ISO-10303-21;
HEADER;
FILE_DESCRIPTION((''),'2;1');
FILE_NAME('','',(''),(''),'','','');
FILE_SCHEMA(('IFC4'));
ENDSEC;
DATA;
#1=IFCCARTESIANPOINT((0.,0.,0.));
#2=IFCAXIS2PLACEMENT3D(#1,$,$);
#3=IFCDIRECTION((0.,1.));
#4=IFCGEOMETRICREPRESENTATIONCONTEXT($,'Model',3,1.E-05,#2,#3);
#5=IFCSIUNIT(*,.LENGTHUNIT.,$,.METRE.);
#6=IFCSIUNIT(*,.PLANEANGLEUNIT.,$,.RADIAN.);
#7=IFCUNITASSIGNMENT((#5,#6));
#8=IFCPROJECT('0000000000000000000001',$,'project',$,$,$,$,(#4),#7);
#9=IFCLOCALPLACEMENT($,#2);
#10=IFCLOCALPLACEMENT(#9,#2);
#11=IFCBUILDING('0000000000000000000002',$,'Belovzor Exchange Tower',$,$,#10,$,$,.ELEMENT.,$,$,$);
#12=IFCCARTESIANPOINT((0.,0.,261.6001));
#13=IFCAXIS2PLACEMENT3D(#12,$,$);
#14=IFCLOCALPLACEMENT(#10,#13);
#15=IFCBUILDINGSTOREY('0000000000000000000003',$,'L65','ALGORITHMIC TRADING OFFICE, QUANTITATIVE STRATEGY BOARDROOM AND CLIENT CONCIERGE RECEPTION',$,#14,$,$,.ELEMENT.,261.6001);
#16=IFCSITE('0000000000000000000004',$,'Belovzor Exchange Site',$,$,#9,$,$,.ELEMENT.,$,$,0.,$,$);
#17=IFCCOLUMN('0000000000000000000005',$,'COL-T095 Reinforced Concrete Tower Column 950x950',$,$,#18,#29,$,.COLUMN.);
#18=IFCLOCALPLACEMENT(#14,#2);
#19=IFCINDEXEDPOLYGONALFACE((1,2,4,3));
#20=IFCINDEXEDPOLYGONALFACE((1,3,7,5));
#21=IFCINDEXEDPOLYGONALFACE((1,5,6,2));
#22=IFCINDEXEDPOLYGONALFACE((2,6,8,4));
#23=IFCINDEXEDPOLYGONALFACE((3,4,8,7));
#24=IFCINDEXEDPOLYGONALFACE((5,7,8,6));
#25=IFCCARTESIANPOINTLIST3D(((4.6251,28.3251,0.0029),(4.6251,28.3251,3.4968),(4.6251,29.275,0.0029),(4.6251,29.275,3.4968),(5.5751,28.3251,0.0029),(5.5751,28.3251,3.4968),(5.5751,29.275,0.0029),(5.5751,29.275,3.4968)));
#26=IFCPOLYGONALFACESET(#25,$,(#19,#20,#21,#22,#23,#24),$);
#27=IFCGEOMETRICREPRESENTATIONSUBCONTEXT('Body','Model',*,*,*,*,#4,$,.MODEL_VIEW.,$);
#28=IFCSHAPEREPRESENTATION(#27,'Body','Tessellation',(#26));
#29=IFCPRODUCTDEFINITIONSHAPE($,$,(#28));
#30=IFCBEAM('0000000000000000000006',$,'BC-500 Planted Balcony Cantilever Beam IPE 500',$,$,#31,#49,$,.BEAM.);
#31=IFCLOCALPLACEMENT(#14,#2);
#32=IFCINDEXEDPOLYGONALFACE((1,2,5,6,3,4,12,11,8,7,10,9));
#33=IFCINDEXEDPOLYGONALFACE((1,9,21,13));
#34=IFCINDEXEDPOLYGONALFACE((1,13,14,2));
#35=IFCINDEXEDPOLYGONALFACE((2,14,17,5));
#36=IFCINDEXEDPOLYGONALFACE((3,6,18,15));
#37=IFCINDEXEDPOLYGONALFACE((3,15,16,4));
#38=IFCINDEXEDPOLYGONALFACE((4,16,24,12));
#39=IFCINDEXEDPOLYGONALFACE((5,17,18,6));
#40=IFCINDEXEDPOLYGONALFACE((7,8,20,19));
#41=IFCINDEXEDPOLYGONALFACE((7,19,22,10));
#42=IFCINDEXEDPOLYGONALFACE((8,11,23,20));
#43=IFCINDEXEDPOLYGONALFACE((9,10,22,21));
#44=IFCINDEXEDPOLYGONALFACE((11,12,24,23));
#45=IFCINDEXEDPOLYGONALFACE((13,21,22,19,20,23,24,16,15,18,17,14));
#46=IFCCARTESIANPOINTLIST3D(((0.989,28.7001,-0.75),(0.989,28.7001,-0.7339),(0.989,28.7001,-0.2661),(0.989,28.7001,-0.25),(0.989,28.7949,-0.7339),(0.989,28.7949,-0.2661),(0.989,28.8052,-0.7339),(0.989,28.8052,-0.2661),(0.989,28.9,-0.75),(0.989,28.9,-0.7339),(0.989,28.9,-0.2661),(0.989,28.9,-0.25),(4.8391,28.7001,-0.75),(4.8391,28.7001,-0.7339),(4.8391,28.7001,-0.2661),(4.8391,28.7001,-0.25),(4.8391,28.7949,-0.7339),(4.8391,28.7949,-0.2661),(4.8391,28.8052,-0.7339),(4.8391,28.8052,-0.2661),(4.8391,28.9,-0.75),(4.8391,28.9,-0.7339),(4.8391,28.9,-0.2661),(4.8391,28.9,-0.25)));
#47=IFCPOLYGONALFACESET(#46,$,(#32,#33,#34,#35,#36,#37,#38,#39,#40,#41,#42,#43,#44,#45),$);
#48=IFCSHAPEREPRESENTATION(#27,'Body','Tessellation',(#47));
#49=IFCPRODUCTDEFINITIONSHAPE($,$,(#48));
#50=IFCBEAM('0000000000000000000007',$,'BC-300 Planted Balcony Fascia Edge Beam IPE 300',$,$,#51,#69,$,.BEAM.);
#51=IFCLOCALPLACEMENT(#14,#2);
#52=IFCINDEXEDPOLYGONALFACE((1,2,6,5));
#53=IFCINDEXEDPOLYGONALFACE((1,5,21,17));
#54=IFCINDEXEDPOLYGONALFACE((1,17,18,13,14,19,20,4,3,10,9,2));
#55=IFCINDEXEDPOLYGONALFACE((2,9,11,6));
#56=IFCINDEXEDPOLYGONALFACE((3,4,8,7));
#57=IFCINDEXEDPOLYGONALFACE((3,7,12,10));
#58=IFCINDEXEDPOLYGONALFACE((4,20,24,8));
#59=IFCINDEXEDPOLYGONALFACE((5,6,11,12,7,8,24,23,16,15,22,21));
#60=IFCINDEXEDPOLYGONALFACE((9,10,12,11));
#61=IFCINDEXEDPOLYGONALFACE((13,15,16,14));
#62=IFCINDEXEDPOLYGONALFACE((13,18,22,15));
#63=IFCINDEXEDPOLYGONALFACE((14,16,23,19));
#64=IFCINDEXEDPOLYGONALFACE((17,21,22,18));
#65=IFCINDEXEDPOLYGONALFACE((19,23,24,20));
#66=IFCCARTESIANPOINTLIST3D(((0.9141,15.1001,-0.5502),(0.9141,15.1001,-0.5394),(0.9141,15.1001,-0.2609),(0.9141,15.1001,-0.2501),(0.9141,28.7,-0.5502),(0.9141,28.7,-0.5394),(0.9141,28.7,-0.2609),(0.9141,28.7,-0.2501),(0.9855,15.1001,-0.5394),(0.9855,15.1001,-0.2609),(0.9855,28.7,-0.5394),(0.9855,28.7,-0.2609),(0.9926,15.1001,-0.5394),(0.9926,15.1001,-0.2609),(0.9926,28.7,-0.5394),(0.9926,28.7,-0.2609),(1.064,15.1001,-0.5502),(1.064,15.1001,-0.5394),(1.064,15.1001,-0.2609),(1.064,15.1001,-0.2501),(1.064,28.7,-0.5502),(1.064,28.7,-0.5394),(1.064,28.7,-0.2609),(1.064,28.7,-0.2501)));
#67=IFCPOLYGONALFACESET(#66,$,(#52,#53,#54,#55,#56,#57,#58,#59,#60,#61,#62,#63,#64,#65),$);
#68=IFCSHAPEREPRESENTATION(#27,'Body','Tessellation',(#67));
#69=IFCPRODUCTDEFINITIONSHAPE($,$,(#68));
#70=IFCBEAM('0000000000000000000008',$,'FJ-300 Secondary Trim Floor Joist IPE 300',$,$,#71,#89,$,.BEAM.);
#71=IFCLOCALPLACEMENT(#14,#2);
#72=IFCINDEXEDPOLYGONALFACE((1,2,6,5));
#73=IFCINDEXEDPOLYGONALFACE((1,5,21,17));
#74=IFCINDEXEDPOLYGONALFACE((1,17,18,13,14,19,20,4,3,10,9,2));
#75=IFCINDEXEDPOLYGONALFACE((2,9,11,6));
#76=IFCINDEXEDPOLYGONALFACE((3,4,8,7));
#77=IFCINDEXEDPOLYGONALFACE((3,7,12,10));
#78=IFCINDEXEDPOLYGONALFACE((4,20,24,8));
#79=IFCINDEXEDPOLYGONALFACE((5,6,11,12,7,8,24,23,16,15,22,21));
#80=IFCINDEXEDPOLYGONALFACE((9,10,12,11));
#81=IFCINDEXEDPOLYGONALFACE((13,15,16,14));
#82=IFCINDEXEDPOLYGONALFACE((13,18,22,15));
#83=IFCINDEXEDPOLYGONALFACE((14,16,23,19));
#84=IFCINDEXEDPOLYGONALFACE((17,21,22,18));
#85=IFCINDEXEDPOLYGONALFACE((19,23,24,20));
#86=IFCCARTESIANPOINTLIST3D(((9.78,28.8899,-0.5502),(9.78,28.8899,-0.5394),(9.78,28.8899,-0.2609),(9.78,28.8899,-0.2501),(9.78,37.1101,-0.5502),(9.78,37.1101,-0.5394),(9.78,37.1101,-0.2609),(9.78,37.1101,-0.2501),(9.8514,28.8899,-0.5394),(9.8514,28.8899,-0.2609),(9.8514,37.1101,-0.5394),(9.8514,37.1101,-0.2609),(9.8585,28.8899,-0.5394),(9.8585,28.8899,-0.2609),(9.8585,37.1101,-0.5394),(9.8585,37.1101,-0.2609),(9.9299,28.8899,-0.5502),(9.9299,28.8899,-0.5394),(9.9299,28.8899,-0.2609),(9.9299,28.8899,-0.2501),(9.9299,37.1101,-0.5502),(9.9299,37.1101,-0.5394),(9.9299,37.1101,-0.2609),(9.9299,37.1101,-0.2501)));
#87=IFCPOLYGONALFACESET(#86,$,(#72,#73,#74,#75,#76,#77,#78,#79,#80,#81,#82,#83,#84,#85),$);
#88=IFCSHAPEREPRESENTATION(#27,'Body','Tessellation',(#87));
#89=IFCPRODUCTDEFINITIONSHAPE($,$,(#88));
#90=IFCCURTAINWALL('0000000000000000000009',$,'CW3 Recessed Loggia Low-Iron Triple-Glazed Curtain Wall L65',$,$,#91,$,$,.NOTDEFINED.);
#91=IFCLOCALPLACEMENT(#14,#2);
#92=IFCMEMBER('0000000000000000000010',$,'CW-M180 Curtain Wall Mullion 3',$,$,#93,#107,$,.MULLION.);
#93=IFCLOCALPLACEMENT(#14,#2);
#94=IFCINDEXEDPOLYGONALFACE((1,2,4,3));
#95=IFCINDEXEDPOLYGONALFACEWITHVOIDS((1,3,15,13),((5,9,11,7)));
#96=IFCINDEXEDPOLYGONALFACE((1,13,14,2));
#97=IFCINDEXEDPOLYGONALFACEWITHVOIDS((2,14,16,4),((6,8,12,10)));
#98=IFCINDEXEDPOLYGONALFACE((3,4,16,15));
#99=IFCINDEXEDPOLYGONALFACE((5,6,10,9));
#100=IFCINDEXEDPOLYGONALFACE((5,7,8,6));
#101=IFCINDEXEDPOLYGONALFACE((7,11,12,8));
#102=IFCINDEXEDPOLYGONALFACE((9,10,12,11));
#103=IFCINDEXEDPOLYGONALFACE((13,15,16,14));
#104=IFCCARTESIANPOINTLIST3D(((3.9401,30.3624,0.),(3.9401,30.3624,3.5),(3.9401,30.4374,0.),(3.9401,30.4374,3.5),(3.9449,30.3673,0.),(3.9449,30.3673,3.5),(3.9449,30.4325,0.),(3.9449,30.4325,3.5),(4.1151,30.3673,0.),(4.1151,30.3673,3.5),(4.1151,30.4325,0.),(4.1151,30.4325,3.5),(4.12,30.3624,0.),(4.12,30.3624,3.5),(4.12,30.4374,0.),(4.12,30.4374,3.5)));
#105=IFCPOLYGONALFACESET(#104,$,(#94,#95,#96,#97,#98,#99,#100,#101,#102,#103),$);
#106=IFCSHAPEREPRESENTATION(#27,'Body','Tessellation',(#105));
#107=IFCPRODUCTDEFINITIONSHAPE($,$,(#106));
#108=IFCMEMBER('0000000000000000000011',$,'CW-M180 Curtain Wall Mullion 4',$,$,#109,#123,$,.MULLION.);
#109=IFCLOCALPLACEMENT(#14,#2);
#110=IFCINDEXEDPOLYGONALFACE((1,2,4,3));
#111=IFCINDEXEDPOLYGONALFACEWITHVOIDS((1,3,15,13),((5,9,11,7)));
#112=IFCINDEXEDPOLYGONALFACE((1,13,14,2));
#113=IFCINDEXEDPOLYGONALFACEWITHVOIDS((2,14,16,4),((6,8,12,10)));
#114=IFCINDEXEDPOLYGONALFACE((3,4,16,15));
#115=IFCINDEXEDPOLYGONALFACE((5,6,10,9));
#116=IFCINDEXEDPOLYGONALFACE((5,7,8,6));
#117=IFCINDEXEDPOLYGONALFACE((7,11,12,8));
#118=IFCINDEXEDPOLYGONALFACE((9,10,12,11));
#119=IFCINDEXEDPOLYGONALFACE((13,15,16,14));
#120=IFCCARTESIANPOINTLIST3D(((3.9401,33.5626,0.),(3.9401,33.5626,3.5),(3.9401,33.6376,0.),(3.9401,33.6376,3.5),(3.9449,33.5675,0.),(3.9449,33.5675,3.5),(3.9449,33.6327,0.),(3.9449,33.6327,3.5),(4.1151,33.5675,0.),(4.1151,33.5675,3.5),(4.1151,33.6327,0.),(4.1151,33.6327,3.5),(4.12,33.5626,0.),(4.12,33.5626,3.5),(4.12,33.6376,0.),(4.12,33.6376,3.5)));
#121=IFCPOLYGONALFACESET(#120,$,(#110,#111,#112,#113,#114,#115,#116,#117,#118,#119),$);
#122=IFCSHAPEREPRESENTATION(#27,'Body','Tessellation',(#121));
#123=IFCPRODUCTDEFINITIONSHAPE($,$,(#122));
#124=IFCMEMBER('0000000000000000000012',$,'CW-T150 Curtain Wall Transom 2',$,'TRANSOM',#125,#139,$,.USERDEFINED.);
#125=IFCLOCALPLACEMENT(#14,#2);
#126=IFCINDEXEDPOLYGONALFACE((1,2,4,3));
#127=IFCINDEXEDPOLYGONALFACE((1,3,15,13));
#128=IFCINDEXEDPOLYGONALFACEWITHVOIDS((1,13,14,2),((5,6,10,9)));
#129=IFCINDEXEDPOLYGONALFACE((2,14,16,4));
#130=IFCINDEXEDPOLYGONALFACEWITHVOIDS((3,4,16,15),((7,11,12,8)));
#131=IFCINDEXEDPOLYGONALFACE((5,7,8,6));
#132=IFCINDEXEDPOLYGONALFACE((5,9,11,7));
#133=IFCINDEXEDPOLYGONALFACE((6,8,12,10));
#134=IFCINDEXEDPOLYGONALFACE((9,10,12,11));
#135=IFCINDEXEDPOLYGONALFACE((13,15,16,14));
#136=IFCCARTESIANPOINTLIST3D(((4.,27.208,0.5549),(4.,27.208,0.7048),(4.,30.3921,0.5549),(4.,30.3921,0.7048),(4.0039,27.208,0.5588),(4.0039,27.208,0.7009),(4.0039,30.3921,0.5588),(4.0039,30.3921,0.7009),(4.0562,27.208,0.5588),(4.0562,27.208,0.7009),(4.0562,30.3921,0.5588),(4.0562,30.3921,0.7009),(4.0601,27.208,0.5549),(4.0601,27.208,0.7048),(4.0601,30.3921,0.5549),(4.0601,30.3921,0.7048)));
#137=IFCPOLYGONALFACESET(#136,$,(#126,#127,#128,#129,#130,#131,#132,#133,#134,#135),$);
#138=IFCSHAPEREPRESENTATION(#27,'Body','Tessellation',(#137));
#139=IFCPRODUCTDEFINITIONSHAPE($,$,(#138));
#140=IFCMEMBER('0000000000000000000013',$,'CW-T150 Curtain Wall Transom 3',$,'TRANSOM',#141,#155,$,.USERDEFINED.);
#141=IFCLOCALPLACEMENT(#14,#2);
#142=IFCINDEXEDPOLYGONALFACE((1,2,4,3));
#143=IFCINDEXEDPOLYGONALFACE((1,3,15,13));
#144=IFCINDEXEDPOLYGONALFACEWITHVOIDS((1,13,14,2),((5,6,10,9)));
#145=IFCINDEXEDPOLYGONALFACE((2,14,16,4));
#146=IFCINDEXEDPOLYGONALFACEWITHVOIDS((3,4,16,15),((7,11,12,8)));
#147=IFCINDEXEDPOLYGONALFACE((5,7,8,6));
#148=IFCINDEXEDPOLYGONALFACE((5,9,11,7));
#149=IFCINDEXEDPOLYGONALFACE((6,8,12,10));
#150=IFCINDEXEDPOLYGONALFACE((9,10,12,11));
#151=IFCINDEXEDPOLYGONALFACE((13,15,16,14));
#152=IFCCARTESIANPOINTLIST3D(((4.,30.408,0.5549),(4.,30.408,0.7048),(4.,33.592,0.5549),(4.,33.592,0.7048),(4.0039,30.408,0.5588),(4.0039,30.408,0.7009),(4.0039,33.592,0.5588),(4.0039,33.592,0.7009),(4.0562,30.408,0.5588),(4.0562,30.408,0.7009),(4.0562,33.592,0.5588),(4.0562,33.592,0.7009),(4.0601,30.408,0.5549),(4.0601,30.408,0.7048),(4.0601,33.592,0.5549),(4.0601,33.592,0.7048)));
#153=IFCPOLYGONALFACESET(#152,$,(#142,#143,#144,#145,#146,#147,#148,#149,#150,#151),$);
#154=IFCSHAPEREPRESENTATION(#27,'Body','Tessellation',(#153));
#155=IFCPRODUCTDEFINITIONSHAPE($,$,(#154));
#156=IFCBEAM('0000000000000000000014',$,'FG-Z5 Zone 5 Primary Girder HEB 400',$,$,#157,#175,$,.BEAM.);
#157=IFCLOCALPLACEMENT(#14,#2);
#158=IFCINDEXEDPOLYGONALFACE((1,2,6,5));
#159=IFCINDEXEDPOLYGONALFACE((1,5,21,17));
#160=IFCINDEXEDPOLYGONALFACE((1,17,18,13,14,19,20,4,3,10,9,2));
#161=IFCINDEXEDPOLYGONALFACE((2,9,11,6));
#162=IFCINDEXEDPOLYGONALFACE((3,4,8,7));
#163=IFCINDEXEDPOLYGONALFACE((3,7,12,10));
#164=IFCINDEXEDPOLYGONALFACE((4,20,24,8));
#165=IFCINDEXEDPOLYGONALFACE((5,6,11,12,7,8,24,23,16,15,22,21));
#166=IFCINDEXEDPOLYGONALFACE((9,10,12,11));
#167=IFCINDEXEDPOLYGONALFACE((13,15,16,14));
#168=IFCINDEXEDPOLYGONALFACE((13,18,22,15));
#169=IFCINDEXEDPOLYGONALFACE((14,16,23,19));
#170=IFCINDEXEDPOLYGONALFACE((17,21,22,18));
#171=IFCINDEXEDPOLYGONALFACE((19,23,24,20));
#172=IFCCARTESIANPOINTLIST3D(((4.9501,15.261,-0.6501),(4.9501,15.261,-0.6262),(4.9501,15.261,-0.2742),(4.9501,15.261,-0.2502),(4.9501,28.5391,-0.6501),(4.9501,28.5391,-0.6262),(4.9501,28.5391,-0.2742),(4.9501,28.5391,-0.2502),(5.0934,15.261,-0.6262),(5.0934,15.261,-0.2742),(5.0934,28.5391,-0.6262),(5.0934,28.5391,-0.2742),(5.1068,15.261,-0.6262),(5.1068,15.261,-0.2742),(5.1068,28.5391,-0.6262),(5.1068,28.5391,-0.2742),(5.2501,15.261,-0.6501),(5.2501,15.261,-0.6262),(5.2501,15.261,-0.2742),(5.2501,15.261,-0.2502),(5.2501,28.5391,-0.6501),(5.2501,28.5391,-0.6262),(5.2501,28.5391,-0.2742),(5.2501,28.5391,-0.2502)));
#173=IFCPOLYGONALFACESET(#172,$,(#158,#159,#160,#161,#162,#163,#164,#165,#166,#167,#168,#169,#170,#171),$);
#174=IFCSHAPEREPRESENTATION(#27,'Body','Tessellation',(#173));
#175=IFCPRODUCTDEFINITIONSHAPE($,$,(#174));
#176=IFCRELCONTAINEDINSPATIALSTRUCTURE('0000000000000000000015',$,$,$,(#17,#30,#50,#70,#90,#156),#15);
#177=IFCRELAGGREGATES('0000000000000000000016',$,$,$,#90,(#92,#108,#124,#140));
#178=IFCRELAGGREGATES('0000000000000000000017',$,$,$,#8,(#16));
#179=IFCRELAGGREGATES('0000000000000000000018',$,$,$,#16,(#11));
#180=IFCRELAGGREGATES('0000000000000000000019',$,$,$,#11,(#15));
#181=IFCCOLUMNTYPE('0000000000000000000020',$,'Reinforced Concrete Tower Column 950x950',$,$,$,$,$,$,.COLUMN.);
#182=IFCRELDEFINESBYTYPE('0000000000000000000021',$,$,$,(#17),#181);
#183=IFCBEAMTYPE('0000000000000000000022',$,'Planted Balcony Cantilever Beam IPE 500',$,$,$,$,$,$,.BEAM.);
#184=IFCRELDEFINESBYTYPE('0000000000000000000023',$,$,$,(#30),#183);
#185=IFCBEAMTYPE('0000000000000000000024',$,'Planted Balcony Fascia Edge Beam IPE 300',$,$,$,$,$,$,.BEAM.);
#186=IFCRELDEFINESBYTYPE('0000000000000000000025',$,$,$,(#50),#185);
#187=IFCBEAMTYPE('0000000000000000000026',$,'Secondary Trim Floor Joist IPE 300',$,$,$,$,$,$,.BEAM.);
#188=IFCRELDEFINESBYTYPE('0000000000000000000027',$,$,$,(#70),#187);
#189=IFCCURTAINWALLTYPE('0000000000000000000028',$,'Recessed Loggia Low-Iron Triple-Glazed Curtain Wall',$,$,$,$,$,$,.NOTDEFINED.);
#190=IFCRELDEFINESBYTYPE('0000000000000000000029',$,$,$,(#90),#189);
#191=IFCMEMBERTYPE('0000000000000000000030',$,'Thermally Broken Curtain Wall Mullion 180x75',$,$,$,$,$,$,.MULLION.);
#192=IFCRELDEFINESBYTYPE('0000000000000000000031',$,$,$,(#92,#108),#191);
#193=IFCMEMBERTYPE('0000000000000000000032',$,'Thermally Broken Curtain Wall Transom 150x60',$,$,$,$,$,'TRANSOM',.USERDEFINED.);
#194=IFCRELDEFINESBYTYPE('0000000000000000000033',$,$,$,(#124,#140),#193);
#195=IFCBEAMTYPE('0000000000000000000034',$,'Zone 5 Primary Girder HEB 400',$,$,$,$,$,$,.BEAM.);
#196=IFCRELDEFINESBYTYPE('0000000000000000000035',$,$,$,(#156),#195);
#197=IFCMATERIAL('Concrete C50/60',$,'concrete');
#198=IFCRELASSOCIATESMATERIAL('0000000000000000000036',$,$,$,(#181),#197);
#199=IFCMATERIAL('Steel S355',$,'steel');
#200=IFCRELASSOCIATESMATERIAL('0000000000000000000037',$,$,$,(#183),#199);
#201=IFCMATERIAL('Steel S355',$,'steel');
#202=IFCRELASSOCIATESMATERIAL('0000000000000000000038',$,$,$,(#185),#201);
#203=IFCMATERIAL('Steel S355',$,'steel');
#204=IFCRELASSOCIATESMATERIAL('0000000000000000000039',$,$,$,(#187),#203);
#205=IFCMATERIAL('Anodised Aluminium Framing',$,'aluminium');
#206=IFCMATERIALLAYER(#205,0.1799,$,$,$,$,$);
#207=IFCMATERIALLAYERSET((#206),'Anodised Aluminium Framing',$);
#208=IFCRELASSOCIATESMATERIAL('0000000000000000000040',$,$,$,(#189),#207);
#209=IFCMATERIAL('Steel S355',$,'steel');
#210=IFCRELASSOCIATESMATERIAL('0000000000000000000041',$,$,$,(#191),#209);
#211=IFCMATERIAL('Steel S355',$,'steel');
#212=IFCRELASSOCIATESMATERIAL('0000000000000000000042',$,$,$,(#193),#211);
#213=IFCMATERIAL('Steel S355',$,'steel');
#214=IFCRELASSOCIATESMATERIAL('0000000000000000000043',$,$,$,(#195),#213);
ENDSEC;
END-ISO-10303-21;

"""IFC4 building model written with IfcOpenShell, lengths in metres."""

from ifc_helpers import new_model, si_unit, direction, frame, origin, origin_2d, place, context, subcontext, project, spatial, rectangle, hollow_rectangle, i_section, extrude, material, layer, layer_set, material_profile, profile_set, type_object, element, aggregate, save


model = new_model("IFC4")

# Units and contexts
model_context = context("Model", 3, precision=1e-05, world=origin(), true_north=direction((0.0, 1.0)))
body_context = subcontext(model_context, "Body", "Model", "MODEL_VIEW")
ifc_project = project(units=[si_unit("LENGTHUNIT", "METRE"), si_unit("PLANEANGLEUNIT", "RADIAN")], contexts=[model_context])

# Site, building, storey
site_placement = place(None, origin())
site = spatial("IfcSite", under=ifc_project, at=site_placement, Name="Belovzor Exchange Site", CompositionType="ELEMENT", RefElevation=0.0)
building_placement = place(site_placement, origin())
building = spatial("IfcBuilding", under=site, at=building_placement, Name="Belovzor Exchange Tower", CompositionType="ELEMENT")
storey_placement = place(building_placement, frame((0.0, 0.0, 261.6001)))
storey = spatial("IfcBuildingStorey", under=building, at=storey_placement, Name="L65", Description="ALGORITHMIC TRADING OFFICE, QUANTITATIVE STRATEGY BOARDROOM AND CLIENT CONCIERGE RECEPTION", CompositionType="ELEMENT", Elevation=261.6001)

# Column
ifc_material_1 = material(Name="Concrete C50/60", Category="concrete")
ifc_material_profile_1 = material_profile(ifc_material_1, rectangle(XDim=0.95, YDim=0.95, at=origin_2d()))
ifc_profile_set_1 = profile_set([ifc_material_profile_1], Name="Concrete C50/60")
column_type = type_object("IfcColumnType", Name="Reinforced Concrete Tower Column 950x950", PredefinedType="COLUMN", material=ifc_profile_set_1)
column_placement = place(storey_placement, frame((5.1001, 28.8, 0.0029), z_axis=(0.0, 0.0, 1.0), x_axis=(1.0, 0.0, 0.0)))
element("IfcColumn", 1, at=column_placement, inside=storey, type_object=column_type, Name="COL-T095 Reinforced Concrete Tower Column 950x950", PredefinedType="COLUMN", context=body_context, shape_type="SweptSolid", body=[
    extrude(rectangle(XDim=0.95, YDim=0.95, at=origin_2d()), origin(), (0.0, 0.0, 1.0), 3.4939),
])

# Beams
ifc_material_2 = material(Name="Steel S355", Category="steel")
ifc_material_profile_2 = material_profile(ifc_material_2, i_section(OverallWidth=0.2, OverallDepth=0.5, WebThickness=0.0103, FlangeThickness=0.0161, at=origin_2d()))
ifc_profile_set_2 = profile_set([ifc_material_profile_2], Name="Steel S355")
beam_type_1 = type_object("IfcBeamType", Name="Planted Balcony Cantilever Beam IPE 500", PredefinedType="BEAM", material=ifc_profile_set_2)
beam_1_placement = place(storey_placement, frame((4.8391, 28.8, -0.5), z_axis=(-1.0, 0.0, 0.0), x_axis=(0.0, -1.0, 0.0)))
element("IfcBeam", 2, at=beam_1_placement, inside=storey, type_object=beam_type_1, Name="BC-500 Planted Balcony Cantilever Beam IPE 500", PredefinedType="BEAM", context=body_context, shape_type="SweptSolid", body=[
    extrude(i_section(OverallWidth=0.2, OverallDepth=0.5, WebThickness=0.0103, FlangeThickness=0.0161, at=origin_2d()), origin(), (0.0, 0.0, 1.0), 3.8501),
])
ifc_material_3 = material(Name="Steel S355", Category="steel")
ifc_material_profile_3 = material_profile(ifc_material_3, i_section(OverallWidth=0.1499, OverallDepth=0.3, WebThickness=0.0071, FlangeThickness=0.0107, at=origin_2d()))
ifc_profile_set_3 = profile_set([ifc_material_profile_3], Name="Steel S355")
beam_type_2 = type_object("IfcBeamType", Name="Planted Balcony Fascia Edge Beam IPE 300", PredefinedType="BEAM", material=ifc_profile_set_3)
beam_2_placement = place(storey_placement, frame((0.989, 28.7, -0.4001), z_axis=(0.0, -1.0, 0.0), x_axis=(1.0, 0.0, 0.0)))
element("IfcBeam", 3, at=beam_2_placement, inside=storey, type_object=beam_type_2, Name="BC-300 Planted Balcony Fascia Edge Beam IPE 300", PredefinedType="BEAM", context=body_context, shape_type="SweptSolid", body=[
    extrude(i_section(OverallWidth=0.1499, OverallDepth=0.3, WebThickness=0.0071, FlangeThickness=0.0107, at=origin_2d()), origin(), (0.0, 0.0, 1.0), 13.5999),
])
ifc_material_4 = material(Name="Steel S355", Category="steel")
ifc_material_profile_4 = material_profile(ifc_material_4, i_section(OverallWidth=0.1499, OverallDepth=0.3, WebThickness=0.0071, FlangeThickness=0.0107, at=origin_2d()))
ifc_profile_set_4 = profile_set([ifc_material_profile_4], Name="Steel S355")
beam_type_3 = type_object("IfcBeamType", Name="Secondary Trim Floor Joist IPE 300", PredefinedType="BEAM", material=ifc_profile_set_4)
beam_3_placement = place(storey_placement, frame((9.855, 28.8899, -0.4001), z_axis=(0.0, 1.0, 0.0), x_axis=(-1.0, 0.0, 0.0)))
element("IfcBeam", 4, at=beam_3_placement, inside=storey, type_object=beam_type_3, Name="FJ-300 Secondary Trim Floor Joist IPE 300", PredefinedType="BEAM", context=body_context, shape_type="SweptSolid", body=[
    extrude(i_section(OverallWidth=0.1499, OverallDepth=0.3, WebThickness=0.0071, FlangeThickness=0.0107, at=origin_2d()), origin(), (0.0, 0.0, 1.0), 8.2202),
])

# Curtain wall, members
ifc_material_5 = material(Name="Anodised Aluminium Framing", Category="aluminium")
ifc_layer_1 = layer(ifc_material_5, 0.1799)
ifc_layer_set_1 = layer_set([ifc_layer_1], Name="Anodised Aluminium Framing")
curtain_wall_type = type_object("IfcCurtainWallType", Name="Recessed Loggia Low-Iron Triple-Glazed Curtain Wall", PredefinedType="NOTDEFINED", material=ifc_layer_set_1)
curtain_wall_placement = place(storey_placement, origin())
curtain_wall = element("IfcCurtainWall", 5, at=curtain_wall_placement, inside=storey, type_object=curtain_wall_type, Name="CW3 Recessed Loggia Low-Iron Triple-Glazed Curtain Wall L65", PredefinedType="NOTDEFINED")
ifc_material_6 = material(Name="Steel S355", Category="steel")
ifc_material_profile_5 = material_profile(ifc_material_6, hollow_rectangle(XDim=0.075, YDim=0.1799, WallThickness=0.0049, at=origin_2d()))
ifc_profile_set_5 = profile_set([ifc_material_profile_5], Name="Steel S355")
member_type_1 = type_object("IfcMemberType", Name="Thermally Broken Curtain Wall Mullion 180x75", PredefinedType="MULLION", material=ifc_profile_set_5)
member_1_placement = place(storey_placement, frame((4.03, 30.3999, 0.0), z_axis=(0.0, 0.0, 1.0), x_axis=(0.0, 1.0, 0.0)))
member_1 = element("IfcMember", 6, at=member_1_placement, type_object=member_type_1, Name="CW-M180 Curtain Wall Mullion 3", PredefinedType="MULLION", context=body_context, shape_type="SweptSolid", body=[
    extrude(hollow_rectangle(XDim=0.075, YDim=0.1799, WallThickness=0.0049, at=origin_2d()), origin(), (0.0, 0.0, 1.0), 3.5),
])
member_2_placement = place(storey_placement, frame((4.03, 33.6001, 0.0), z_axis=(0.0, 0.0, 1.0), x_axis=(0.0, 1.0, 0.0)))
member_2 = element("IfcMember", 7, at=member_2_placement, type_object=member_type_1, Name="CW-M180 Curtain Wall Mullion 4", PredefinedType="MULLION", context=body_context, shape_type="SweptSolid", body=[
    extrude(hollow_rectangle(XDim=0.075, YDim=0.1799, WallThickness=0.0049, at=origin_2d()), origin(), (0.0, 0.0, 1.0), 3.5),
])
ifc_material_7 = material(Name="Steel S355", Category="steel")
ifc_material_profile_6 = material_profile(ifc_material_7, hollow_rectangle(XDim=0.0601, YDim=0.1499, WallThickness=0.0039, at=origin_2d()))
ifc_profile_set_6 = profile_set([ifc_material_profile_6], Name="Steel S355")
member_type_2 = type_object("IfcMemberType", Name="Thermally Broken Curtain Wall Transom 150x60", ElementType="TRANSOM", PredefinedType="USERDEFINED", material=ifc_profile_set_6)
member_3_placement = place(storey_placement, frame((4.03, 27.208, 0.6299), z_axis=(0.0, 1.0, 0.0), x_axis=(-1.0, 0.0, 0.0)))
member_3 = element("IfcMember", 8, at=member_3_placement, type_object=member_type_2, Name="CW-T150 Curtain Wall Transom 2", ObjectType="TRANSOM", PredefinedType="USERDEFINED", context=body_context, shape_type="SweptSolid", body=[
    extrude(hollow_rectangle(XDim=0.0601, YDim=0.1499, WallThickness=0.0039, at=origin_2d()), origin(), (0.0, 0.0, 1.0), 3.1841),
])
member_4_placement = place(storey_placement, frame((4.03, 30.408, 0.6299), z_axis=(0.0, 1.0, 0.0), x_axis=(-1.0, 0.0, 0.0)))
member_4 = element("IfcMember", 9, at=member_4_placement, type_object=member_type_2, Name="CW-T150 Curtain Wall Transom 3", ObjectType="TRANSOM", PredefinedType="USERDEFINED", context=body_context, shape_type="SweptSolid", body=[
    extrude(hollow_rectangle(XDim=0.0601, YDim=0.1499, WallThickness=0.0039, at=origin_2d()), origin(), (0.0, 0.0, 1.0), 3.1841),
])

# Beam
ifc_material_8 = material(Name="Steel S355", Category="steel")
ifc_material_profile_7 = material_profile(ifc_material_8, i_section(OverallWidth=0.3, OverallDepth=0.3999, WebThickness=0.0134, FlangeThickness=0.0239, at=origin_2d()))
ifc_profile_set_7 = profile_set([ifc_material_profile_7], Name="Steel S355")
beam_type_4 = type_object("IfcBeamType", Name="Zone 5 Primary Girder HEB 400", PredefinedType="BEAM", material=ifc_profile_set_7)
beam_4_placement = place(storey_placement, frame((5.1001, 28.5391, -0.4502), z_axis=(0.0, -1.0, 0.0), x_axis=(1.0, 0.0, 0.0)))
element("IfcBeam", 10, at=beam_4_placement, inside=storey, type_object=beam_type_4, Name="FG-Z5 Zone 5 Primary Girder HEB 400", PredefinedType="BEAM", context=body_context, shape_type="SweptSolid", body=[
    extrude(i_section(OverallWidth=0.3, OverallDepth=0.3999, WebThickness=0.0134, FlangeThickness=0.0239, at=origin_2d()), origin(), (0.0, 0.0, 1.0), 13.2781),
])

aggregate(curtain_wall, [member_1, member_2, member_3, member_4])

save(model, "model.ifc")
